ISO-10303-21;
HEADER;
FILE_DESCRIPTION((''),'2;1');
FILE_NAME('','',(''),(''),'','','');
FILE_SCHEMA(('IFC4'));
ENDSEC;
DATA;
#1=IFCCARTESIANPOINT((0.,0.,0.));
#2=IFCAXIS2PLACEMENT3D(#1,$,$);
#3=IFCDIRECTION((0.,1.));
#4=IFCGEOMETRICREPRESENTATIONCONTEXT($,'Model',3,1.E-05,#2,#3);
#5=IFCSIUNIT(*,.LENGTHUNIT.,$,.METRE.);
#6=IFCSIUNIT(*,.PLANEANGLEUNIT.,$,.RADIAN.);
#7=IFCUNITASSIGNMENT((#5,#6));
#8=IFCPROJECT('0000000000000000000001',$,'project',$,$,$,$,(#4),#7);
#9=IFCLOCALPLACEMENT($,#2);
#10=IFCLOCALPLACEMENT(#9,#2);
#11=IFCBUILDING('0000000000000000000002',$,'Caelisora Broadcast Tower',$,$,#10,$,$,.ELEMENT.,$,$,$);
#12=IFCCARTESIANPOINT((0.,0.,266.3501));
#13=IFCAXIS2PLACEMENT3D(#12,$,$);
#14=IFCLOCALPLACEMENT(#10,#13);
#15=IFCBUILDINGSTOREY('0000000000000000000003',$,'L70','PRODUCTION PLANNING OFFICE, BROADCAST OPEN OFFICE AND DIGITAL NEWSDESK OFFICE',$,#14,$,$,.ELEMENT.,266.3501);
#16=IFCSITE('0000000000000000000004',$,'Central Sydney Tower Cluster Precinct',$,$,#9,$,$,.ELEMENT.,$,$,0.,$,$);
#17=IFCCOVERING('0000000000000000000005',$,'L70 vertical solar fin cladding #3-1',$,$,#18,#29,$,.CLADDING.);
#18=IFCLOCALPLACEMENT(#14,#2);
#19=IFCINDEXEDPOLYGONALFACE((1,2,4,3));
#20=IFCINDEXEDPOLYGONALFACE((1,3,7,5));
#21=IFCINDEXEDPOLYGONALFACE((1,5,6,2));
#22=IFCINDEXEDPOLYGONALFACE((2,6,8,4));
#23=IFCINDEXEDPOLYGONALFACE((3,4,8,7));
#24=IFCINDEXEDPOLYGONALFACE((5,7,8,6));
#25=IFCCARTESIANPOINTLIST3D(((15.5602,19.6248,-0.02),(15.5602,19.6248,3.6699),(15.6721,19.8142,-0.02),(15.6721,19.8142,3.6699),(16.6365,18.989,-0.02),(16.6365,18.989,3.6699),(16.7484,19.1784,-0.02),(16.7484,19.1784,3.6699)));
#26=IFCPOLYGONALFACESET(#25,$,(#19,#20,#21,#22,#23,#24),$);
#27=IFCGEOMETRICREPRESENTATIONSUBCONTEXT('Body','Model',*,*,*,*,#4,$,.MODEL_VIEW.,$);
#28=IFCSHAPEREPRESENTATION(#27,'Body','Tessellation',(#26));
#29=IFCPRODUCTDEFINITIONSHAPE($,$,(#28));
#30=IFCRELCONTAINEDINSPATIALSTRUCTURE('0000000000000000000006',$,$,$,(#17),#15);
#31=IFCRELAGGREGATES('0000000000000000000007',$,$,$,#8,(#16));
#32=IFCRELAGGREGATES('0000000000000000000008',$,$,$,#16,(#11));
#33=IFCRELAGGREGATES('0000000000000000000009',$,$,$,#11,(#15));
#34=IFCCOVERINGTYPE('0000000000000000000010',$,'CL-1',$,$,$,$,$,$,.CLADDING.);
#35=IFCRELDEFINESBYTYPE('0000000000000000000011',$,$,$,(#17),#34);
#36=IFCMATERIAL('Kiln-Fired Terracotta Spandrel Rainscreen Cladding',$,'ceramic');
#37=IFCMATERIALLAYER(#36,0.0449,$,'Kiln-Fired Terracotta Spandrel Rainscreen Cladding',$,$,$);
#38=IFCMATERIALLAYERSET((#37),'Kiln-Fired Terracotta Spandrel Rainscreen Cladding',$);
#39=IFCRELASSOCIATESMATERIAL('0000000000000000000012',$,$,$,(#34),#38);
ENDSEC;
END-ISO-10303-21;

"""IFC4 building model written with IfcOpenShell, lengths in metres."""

from ifc_helpers import new_model, si_unit, direction, frame, origin, origin_2d, place, context, subcontext, project, spatial, rectangle, extrude, source, transform, mapped, material, layer, layer_set, type_object, type_shapes, element, save


model = new_model("IFC4")

# Units and contexts
model_context = context("Model", 3, precision=1e-05, world=origin(), true_north=direction((0.0, 1.0)))
body_context = subcontext(model_context, "Body", "Model", "MODEL_VIEW")
ifc_project = project(units=[si_unit("LENGTHUNIT", "METRE"), si_unit("PLANEANGLEUNIT", "RADIAN")], contexts=[model_context])

# Site, building, storey
site_placement = place(None, origin())
site = spatial("IfcSite", under=ifc_project, at=site_placement, Name="Central Sydney Tower Cluster Precinct", CompositionType="ELEMENT", RefElevation=0.0)
building_placement = place(site_placement, origin())
building = spatial("IfcBuilding", under=site, at=building_placement, Name="Caelisora Broadcast Tower", CompositionType="ELEMENT")
storey_placement = place(building_placement, frame((0.0, 0.0, 266.3501)))
storey = spatial("IfcBuildingStorey", under=building, at=storey_placement, Name="L70", Description="PRODUCTION PLANNING OFFICE, BROADCAST OPEN OFFICE AND DIGITAL NEWSDESK OFFICE", CompositionType="ELEMENT", Elevation=266.3501)

# Covering
ifc_material_1 = material(Name="Kiln-Fired Terracotta Spandrel Rainscreen Cladding", Category="ceramic")
ifc_layer_1 = layer(ifc_material_1, 0.0449, Name="Kiln-Fired Terracotta Spandrel Rainscreen Cladding")
ifc_layer_set_1 = layer_set([ifc_layer_1], Name="Kiln-Fired Terracotta Spandrel Rainscreen Cladding")
covering_type_1 = type_object("IfcCoveringType", Name="CL-1", PredefinedType="CLADDING", material=ifc_layer_set_1)
shared_shape_1 = source(origin(), body_context, "Body", "SweptSolid", [
    extrude(rectangle(XDim=0.22, YDim=1.25, at=origin_2d()), origin(), (0.0, 0.0, 1.0), 3.6899),
])
type_shapes(covering_type_1, [shared_shape_1])
covering_1_placement = place(storey_placement, frame((16.1543, 19.4016, -0.02), z_axis=(0.0, 0.0, 1.0), x_axis=(0.508591, 0.861008, 0.0)))
element("IfcCovering", 1, at=covering_1_placement, inside=storey, type_object=covering_type_1, Name="L70 vertical solar fin cladding #3-1", PredefinedType="CLADDING", context=body_context, shape_type="MappedRepresentation", body=[
    mapped(shared_shape_1, transform((0.0, 0.0, 0.0), scale=1.0)),
])

save(model, "model.ifc")
